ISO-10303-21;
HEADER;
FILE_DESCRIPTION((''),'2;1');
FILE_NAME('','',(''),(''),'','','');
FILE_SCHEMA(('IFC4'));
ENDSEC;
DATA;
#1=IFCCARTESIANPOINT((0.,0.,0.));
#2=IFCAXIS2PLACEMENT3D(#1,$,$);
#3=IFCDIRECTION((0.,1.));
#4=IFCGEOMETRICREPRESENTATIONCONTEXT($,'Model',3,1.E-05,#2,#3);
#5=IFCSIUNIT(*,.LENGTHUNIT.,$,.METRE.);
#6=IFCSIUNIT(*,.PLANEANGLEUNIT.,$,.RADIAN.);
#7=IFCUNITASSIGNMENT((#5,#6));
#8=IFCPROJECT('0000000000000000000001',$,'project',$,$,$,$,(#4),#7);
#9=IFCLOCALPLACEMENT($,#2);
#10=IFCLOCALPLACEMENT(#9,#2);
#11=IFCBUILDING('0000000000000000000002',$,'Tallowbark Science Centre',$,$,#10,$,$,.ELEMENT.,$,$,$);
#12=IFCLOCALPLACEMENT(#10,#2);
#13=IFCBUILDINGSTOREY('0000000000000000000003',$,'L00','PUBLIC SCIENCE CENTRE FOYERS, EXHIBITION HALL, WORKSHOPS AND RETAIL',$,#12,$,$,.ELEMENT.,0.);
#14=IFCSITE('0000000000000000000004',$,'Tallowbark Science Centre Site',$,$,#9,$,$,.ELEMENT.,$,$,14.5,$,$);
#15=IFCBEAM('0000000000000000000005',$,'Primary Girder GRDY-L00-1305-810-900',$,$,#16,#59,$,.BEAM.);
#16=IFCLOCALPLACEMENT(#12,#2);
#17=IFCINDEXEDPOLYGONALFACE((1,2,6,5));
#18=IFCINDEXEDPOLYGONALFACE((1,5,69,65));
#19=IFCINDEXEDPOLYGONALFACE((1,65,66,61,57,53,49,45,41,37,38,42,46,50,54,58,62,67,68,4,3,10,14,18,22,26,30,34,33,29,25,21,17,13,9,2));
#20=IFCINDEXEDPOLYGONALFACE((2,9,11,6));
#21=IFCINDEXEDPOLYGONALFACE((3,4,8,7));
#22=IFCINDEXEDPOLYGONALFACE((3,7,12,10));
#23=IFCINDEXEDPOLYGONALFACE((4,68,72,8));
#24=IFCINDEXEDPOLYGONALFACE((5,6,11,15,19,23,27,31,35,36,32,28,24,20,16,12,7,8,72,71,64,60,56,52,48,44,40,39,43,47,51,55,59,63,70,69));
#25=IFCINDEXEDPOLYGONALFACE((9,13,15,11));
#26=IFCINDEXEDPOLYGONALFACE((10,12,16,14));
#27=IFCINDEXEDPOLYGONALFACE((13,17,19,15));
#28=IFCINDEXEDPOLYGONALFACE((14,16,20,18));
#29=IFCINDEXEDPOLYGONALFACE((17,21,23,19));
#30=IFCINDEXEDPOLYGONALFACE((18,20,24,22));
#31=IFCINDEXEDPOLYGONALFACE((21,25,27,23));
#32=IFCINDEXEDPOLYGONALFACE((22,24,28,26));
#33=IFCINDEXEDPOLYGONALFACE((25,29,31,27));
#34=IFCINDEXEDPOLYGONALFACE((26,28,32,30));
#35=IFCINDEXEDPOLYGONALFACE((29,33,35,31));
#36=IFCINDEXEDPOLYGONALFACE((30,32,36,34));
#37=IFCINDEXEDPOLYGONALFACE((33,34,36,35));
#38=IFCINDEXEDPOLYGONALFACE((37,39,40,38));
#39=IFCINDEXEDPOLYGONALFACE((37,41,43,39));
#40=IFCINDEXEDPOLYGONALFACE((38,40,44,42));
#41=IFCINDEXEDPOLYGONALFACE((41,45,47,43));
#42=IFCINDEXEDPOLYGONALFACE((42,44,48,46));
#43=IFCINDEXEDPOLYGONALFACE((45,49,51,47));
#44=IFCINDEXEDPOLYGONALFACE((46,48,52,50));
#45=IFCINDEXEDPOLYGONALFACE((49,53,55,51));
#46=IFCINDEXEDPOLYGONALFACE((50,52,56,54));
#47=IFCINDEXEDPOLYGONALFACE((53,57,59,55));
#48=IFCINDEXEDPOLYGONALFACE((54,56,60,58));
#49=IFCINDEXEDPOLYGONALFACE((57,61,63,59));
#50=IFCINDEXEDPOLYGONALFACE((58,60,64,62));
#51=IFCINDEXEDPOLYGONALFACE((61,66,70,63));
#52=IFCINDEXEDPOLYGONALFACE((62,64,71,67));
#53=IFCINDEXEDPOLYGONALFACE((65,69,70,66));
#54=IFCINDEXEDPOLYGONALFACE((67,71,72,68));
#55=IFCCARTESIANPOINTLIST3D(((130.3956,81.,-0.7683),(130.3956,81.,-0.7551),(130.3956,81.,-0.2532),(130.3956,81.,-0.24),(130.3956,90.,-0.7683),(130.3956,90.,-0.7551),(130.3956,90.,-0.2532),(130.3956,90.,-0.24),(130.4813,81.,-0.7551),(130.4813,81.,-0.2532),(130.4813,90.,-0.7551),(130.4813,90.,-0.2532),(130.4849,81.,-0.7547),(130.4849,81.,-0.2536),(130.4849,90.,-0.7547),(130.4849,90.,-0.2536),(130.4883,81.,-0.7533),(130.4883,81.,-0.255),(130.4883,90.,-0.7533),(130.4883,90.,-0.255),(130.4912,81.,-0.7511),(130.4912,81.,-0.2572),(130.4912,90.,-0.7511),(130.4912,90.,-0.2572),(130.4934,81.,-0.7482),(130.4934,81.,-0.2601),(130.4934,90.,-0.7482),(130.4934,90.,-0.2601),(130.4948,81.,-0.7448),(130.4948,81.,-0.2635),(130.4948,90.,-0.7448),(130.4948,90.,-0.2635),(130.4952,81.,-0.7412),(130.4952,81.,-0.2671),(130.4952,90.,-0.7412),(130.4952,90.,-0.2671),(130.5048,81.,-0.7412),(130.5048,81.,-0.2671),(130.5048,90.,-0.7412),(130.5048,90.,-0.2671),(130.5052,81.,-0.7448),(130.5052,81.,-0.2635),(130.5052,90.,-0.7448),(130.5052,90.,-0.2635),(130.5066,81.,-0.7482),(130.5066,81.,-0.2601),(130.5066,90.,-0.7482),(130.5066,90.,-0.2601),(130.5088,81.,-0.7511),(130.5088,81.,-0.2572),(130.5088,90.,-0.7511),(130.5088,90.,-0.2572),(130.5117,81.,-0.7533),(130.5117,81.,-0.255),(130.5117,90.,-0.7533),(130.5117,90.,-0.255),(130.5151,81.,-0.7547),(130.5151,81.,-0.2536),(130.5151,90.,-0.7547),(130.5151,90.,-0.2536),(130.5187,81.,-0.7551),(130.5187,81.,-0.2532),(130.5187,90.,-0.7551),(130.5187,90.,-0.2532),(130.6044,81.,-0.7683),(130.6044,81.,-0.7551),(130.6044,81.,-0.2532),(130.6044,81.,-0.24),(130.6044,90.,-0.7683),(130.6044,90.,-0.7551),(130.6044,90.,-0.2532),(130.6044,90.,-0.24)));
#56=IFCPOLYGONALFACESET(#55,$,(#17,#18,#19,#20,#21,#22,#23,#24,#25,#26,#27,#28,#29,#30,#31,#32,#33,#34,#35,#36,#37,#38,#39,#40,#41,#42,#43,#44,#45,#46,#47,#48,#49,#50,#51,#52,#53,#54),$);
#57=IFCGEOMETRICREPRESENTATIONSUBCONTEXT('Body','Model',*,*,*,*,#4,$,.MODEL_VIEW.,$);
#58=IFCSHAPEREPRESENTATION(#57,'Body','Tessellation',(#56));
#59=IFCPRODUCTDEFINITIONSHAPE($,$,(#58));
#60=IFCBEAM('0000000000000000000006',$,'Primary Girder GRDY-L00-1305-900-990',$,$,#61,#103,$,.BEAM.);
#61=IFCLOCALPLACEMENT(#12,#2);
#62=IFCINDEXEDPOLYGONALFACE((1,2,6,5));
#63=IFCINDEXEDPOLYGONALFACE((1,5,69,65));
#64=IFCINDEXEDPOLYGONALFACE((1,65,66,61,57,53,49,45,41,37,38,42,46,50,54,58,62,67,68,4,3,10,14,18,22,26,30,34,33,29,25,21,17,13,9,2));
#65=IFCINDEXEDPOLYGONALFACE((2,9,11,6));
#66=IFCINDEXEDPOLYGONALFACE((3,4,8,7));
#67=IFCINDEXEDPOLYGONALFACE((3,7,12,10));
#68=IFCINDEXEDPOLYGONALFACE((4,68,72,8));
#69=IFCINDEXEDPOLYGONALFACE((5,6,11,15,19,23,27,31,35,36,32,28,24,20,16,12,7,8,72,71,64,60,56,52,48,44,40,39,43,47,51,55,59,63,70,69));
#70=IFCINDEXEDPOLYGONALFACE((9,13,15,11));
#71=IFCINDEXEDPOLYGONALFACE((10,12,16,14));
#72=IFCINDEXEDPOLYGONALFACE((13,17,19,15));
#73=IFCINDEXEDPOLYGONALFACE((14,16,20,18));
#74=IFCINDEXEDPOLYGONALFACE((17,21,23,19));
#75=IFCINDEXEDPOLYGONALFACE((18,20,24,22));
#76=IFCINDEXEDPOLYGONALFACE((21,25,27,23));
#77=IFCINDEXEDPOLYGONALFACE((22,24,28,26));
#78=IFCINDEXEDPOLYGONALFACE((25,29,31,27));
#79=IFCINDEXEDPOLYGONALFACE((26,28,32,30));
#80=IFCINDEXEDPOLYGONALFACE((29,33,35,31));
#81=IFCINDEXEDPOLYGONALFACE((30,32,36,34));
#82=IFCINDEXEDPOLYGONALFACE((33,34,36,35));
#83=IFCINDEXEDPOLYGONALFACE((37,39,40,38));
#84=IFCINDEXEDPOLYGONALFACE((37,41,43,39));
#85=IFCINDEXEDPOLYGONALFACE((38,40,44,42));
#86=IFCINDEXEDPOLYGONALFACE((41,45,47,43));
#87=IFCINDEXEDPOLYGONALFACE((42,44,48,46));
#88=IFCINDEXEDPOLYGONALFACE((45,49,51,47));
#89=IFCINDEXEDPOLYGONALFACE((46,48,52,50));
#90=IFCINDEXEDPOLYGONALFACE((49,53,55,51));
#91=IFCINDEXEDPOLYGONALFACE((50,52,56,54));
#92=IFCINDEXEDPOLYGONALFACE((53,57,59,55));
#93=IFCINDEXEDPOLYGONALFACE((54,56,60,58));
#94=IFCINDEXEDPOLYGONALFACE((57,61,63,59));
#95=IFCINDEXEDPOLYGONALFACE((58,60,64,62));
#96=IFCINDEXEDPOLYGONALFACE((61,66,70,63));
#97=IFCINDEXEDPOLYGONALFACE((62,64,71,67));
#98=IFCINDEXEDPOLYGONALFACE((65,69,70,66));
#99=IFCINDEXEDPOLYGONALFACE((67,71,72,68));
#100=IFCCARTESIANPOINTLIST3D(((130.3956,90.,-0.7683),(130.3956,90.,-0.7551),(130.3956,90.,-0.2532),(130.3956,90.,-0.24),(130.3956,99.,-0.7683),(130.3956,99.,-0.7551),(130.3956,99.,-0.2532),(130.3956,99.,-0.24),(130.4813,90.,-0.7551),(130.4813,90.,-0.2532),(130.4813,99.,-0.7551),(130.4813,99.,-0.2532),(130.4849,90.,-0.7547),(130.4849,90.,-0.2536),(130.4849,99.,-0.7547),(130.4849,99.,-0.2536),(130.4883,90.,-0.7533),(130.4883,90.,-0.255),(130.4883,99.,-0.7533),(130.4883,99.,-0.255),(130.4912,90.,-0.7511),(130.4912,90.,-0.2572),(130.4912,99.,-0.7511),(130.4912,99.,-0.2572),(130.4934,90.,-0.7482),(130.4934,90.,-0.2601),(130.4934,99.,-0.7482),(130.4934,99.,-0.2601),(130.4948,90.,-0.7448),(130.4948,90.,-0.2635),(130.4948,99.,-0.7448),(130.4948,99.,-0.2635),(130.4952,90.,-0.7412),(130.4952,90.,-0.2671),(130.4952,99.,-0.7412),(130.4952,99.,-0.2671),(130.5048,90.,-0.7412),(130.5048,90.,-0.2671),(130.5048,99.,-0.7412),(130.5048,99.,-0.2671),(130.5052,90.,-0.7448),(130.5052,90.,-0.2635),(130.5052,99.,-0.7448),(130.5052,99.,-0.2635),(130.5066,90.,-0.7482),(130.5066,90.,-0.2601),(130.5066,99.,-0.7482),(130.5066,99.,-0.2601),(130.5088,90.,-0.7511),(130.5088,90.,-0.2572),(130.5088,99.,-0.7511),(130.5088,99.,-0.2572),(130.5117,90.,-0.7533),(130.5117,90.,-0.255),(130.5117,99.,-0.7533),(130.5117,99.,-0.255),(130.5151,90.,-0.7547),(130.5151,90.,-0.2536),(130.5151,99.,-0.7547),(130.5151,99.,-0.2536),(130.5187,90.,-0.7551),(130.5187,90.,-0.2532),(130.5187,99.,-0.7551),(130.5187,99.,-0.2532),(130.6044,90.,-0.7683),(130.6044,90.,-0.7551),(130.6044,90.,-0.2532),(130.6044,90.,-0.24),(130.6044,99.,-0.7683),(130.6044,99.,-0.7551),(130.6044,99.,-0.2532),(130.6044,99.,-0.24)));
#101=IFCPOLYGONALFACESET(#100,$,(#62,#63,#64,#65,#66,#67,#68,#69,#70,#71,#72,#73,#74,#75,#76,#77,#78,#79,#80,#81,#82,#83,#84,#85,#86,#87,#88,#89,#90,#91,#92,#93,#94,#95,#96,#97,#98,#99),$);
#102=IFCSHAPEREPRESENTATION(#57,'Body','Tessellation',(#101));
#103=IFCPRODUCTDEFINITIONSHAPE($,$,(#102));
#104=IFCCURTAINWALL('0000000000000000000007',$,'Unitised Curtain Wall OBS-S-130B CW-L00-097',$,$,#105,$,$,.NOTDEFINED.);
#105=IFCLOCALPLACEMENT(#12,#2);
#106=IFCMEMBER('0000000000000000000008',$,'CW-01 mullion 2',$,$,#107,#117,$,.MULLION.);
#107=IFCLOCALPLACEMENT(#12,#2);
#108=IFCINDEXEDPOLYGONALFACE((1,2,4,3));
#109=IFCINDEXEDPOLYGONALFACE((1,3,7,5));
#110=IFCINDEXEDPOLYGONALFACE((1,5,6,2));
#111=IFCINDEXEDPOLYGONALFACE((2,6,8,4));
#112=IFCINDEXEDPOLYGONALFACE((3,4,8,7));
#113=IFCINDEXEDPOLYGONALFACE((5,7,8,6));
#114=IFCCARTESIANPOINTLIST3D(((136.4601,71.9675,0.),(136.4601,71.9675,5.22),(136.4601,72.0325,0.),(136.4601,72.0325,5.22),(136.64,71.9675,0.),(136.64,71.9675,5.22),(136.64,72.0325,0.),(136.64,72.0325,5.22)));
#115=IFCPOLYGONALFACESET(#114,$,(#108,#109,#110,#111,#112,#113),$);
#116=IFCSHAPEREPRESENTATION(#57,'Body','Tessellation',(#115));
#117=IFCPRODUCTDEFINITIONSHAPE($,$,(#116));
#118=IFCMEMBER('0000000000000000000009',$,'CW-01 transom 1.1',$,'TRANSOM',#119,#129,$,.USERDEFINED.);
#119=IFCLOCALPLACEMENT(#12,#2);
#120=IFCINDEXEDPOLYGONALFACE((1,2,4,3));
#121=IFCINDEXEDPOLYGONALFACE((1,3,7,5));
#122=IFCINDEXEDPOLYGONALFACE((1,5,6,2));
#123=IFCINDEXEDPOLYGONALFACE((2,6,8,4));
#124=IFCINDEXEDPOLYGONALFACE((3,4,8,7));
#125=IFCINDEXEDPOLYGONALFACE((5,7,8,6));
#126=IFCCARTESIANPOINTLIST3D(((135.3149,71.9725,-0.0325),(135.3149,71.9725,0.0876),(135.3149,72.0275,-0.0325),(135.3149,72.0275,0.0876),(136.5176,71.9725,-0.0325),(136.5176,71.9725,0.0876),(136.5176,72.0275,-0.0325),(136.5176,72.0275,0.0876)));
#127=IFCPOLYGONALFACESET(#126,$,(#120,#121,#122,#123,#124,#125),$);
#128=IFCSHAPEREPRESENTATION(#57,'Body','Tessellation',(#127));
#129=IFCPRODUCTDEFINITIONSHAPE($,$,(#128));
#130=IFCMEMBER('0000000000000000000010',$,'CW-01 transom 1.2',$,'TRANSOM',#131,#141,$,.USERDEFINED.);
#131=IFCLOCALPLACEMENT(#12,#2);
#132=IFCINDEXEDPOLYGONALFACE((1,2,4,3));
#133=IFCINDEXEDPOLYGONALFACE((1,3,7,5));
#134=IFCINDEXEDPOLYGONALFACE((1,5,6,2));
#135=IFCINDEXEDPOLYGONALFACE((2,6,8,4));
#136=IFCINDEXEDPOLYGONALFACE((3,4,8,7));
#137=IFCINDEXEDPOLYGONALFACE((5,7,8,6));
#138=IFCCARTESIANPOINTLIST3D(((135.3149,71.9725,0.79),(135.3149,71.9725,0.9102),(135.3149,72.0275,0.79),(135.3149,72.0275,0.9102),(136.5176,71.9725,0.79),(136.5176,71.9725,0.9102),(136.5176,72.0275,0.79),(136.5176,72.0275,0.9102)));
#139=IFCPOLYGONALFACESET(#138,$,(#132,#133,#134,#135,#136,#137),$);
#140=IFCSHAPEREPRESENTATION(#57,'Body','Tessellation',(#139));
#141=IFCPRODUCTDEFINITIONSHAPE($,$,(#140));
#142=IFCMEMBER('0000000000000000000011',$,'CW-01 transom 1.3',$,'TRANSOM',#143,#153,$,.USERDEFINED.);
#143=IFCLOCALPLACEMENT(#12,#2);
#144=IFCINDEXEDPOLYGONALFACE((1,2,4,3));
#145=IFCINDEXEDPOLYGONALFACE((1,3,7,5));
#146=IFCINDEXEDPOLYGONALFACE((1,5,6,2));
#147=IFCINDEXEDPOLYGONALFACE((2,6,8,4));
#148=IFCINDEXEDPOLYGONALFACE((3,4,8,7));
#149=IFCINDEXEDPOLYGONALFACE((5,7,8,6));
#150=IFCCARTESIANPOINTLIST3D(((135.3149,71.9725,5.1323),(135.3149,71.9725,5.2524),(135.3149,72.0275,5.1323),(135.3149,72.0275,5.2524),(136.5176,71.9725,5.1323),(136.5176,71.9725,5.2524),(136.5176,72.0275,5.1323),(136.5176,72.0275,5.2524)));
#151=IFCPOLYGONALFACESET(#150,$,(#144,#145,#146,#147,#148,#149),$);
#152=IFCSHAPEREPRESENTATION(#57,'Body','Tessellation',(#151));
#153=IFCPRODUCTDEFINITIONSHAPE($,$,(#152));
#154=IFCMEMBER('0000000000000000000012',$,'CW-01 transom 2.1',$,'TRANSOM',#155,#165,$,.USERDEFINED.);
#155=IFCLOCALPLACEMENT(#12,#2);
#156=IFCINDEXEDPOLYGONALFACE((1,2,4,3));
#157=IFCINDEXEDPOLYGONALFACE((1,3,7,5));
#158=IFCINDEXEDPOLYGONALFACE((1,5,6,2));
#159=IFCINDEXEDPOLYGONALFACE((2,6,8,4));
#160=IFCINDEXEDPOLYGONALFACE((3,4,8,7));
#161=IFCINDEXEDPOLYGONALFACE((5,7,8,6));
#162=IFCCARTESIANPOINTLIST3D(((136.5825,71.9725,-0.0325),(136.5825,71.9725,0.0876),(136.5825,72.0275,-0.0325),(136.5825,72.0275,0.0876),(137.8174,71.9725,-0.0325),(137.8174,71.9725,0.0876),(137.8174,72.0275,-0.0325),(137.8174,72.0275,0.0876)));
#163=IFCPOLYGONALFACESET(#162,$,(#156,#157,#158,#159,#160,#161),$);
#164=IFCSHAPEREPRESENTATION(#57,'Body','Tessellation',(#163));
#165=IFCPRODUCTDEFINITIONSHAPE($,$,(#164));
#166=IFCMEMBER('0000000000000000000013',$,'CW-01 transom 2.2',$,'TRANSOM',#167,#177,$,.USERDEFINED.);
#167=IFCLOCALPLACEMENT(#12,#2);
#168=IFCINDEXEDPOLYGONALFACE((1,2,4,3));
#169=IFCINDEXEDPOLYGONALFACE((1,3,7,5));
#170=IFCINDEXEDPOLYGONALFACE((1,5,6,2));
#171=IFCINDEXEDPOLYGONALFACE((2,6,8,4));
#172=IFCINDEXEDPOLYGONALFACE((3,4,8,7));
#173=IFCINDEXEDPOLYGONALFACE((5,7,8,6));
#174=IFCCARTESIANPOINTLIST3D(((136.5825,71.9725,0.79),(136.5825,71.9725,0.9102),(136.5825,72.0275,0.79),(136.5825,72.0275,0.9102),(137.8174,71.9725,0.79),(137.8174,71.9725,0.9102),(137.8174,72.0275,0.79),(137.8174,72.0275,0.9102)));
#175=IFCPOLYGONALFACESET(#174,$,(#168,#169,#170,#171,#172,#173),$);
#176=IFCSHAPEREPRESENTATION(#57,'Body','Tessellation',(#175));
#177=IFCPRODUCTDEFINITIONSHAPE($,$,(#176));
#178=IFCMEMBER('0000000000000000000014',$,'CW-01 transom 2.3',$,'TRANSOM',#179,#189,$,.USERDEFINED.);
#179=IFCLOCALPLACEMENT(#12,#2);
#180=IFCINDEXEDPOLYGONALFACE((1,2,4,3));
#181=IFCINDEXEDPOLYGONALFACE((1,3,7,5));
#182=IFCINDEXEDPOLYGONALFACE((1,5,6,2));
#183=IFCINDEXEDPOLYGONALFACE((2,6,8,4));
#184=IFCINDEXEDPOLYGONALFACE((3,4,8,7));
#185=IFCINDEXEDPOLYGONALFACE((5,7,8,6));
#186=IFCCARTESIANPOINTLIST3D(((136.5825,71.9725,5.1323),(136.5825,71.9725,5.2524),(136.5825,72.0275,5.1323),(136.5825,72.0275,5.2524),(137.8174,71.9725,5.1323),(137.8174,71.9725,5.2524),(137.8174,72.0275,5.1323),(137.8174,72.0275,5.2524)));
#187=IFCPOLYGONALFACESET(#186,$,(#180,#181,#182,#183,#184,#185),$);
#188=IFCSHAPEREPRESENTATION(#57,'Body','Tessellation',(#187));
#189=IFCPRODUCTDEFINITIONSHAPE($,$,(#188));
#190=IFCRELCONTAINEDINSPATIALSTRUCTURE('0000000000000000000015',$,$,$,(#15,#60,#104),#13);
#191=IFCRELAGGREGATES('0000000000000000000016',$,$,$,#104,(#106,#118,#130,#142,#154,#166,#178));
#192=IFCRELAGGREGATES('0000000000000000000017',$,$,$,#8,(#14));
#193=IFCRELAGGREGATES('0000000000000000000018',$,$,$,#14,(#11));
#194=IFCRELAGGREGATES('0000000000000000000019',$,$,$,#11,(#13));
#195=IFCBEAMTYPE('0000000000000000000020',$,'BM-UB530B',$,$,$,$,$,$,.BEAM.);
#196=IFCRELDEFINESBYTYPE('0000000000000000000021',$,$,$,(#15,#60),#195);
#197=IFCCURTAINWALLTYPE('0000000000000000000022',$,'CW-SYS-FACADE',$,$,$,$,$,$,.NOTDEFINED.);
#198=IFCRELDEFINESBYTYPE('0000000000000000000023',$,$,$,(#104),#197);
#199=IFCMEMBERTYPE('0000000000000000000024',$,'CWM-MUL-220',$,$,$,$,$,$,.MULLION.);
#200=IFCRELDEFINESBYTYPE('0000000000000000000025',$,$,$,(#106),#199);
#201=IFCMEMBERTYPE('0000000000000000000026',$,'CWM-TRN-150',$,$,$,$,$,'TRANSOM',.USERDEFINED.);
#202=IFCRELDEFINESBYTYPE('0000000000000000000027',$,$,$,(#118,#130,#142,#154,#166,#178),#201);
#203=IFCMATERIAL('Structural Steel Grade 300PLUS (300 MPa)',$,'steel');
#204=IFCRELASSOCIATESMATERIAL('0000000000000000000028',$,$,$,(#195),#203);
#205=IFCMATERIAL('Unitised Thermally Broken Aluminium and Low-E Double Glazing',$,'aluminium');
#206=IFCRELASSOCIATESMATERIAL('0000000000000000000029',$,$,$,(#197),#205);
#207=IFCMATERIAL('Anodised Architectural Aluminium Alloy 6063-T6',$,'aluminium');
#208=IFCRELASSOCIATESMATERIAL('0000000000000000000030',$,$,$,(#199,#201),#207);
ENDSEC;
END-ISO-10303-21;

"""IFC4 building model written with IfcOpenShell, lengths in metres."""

from ifc_helpers import new_model, si_unit, direction, frame, origin, origin_2d, place, context, subcontext, project, spatial, rectangle, i_section, extrude, material, material_profile, profile_set, type_object, element, aggregate, save


model = new_model("IFC4")

# Units and contexts
model_context = context("Model", 3, precision=1e-05, world=origin(), true_north=direction((0.0, 1.0)))
body_context = subcontext(model_context, "Body", "Model", "MODEL_VIEW")
ifc_project = project(units=[si_unit("LENGTHUNIT", "METRE"), si_unit("PLANEANGLEUNIT", "RADIAN")], contexts=[model_context])

# Site, building, storey
site_placement = place(None, origin())
site = spatial("IfcSite", under=ifc_project, at=site_placement, Name="Tallowbark Science Centre Site", CompositionType="ELEMENT", RefElevation=14.5)
building_placement = place(site_placement, origin())
building = spatial("IfcBuilding", under=site, at=building_placement, Name="Tallowbark Science Centre", CompositionType="ELEMENT")
storey_placement = place(building_placement, origin())
storey = spatial("IfcBuildingStorey", under=building, at=storey_placement, Name="L00", Description="PUBLIC SCIENCE CENTRE FOYERS, EXHIBITION HALL, WORKSHOPS AND RETAIL", CompositionType="ELEMENT", Elevation=0.0)

# Shared definitions
ifc_material_1 = material(Name="Structural Steel Grade 300PLUS (300 MPa)", Category="steel")

# Beams
ifc_material_profile_1 = material_profile(ifc_material_1, i_section(OverallWidth=0.2087, OverallDepth=0.5283, WebThickness=0.0095, FlangeThickness=0.0132, FilletRadius=0.0139, at=origin_2d()), Name="530UB82.0")
ifc_profile_set_1 = profile_set([ifc_material_profile_1], Name="Structural Steel Grade 300PLUS (300 MPa)")
beam_type_1 = type_object("IfcBeamType", Name="BM-UB530B", PredefinedType="BEAM", material=ifc_profile_set_1)
for number, where, z_axis, x_axis, name in (
    (1, (130.5, 81.0, -0.5042), (0.0, 1.0, 0.0), (-1.0, 0.0, 0.0), "Primary Girder GRDY-L00-1305-810-900"),
    (2, (130.5, 90.0, -0.5042), (0.0, 1.0, 0.0), (-1.0, 0.0, 0.0), "Primary Girder GRDY-L00-1305-900-990"),
):
    element("IfcBeam", number, at=place(storey_placement, frame(where, z_axis=z_axis, x_axis=x_axis)), inside=storey, type_object=beam_type_1, Name=name, PredefinedType="BEAM", context=body_context, shape_type="SweptSolid", body=[
        extrude(i_section(OverallWidth=0.2087, OverallDepth=0.5283, WebThickness=0.0095, FlangeThickness=0.0132, FilletRadius=0.0139, at=origin_2d()), origin(), (0.0, 0.0, 1.0), 9.0),
    ])

# Curtain wall, members
ifc_material_2 = material(Name="Unitised Thermally Broken Aluminium and Low-E Double Glazing", Category="aluminium")
curtain_wall_type = type_object("IfcCurtainWallType", Name="CW-SYS-FACADE", PredefinedType="NOTDEFINED", material=ifc_material_2)
curtain_wall_placement = place(storey_placement, origin())
curtain_wall = element("IfcCurtainWall", 3, at=curtain_wall_placement, inside=storey, type_object=curtain_wall_type, Name="Unitised Curtain Wall OBS-S-130B CW-L00-097", PredefinedType="NOTDEFINED")
ifc_material_3 = material(Name="Anodised Architectural Aluminium Alloy 6063-T6", Category="aluminium")
ifc_material_profile_2 = material_profile(ifc_material_3, rectangle(XDim=0.0649, YDim=0.1799, at=origin_2d()), Name="ALU65x180")
ifc_profile_set_2 = profile_set([ifc_material_profile_2], Name="Anodised Architectural Aluminium Alloy 6063-T6")
member_type_1 = type_object("IfcMemberType", Name="CWM-MUL-220", PredefinedType="MULLION", material=ifc_profile_set_2)
member_1_placement = place(storey_placement, frame((136.55, 72.0, 0.0), z_axis=(0.0, 0.0, 1.0), x_axis=(0.0, 1.0, 0.0)))
member_1 = element("IfcMember", 4, at=member_1_placement, type_object=member_type_1, Name="CW-01 mullion 2", PredefinedType="MULLION", context=body_context, shape_type="SweptSolid", body=[
    extrude(rectangle(XDim=0.0649, YDim=0.1799, at=origin_2d()), origin(), (0.0, 0.0, 1.0), 5.22),
])
ifc_material_profile_3 = material_profile(ifc_material_3, rectangle(XDim=0.0549, YDim=0.1201, at=origin_2d()), Name="ALU55x120")
ifc_profile_set_3 = profile_set([ifc_material_profile_3], Name="Anodised Architectural Aluminium Alloy 6063-T6")
member_type_2 = type_object("IfcMemberType", Name="CWM-TRN-150", ElementType="TRANSOM", PredefinedType="USERDEFINED", material=ifc_profile_set_3)
member_2_placement = place(storey_placement, frame((135.3149, 72.0, 0.0276), z_axis=(1.0, 0.0, 0.0), x_axis=(0.0, 1.0, 0.0)))
member_2 = element("IfcMember", 5, at=member_2_placement, type_object=member_type_2, Name="CW-01 transom 1.1", ObjectType="TRANSOM", PredefinedType="USERDEFINED", context=body_context, shape_type="SweptSolid", body=[
    extrude(rectangle(XDim=0.0549, YDim=0.1201, at=origin_2d()), origin(), (0.0, 0.0, 1.0), 1.2026),
])
member_3_placement = place(storey_placement, frame((135.3149, 72.0, 0.8501), z_axis=(1.0, 0.0, 0.0), x_axis=(0.0, 1.0, 0.0)))
member_3 = element("IfcMember", 6, at=member_3_placement, type_object=member_type_2, Name="CW-01 transom 1.2", ObjectType="TRANSOM", PredefinedType="USERDEFINED", context=body_context, shape_type="SweptSolid", body=[
    extrude(rectangle(XDim=0.0549, YDim=0.1201, at=origin_2d()), origin(), (0.0, 0.0, 1.0), 1.2026),
])
member_4_placement = place(storey_placement, frame((135.3149, 72.0, 5.1924), z_axis=(1.0, 0.0, 0.0), x_axis=(0.0, 1.0, 0.0)))
member_4 = element("IfcMember", 7, at=member_4_placement, type_object=member_type_2, Name="CW-01 transom 1.3", ObjectType="TRANSOM", PredefinedType="USERDEFINED", context=body_context, shape_type="SweptSolid", body=[
    extrude(rectangle(XDim=0.0549, YDim=0.1201, at=origin_2d()), origin(), (0.0, 0.0, 1.0), 1.2026),
])
member_5_placement = place(storey_placement, frame((136.5825, 72.0, 0.0276), z_axis=(1.0, 0.0, 0.0), x_axis=(0.0, 1.0, 0.0)))
member_5 = element("IfcMember", 8, at=member_5_placement, type_object=member_type_2, Name="CW-01 transom 2.1", ObjectType="TRANSOM", PredefinedType="USERDEFINED", context=body_context, shape_type="SweptSolid", body=[
    extrude(rectangle(XDim=0.0549, YDim=0.1201, at=origin_2d()), origin(), (0.0, 0.0, 1.0), 1.2349),
])
member_6_placement = place(storey_placement, frame((136.5825, 72.0, 0.8501), z_axis=(1.0, 0.0, 0.0), x_axis=(0.0, 1.0, 0.0)))
member_6 = element("IfcMember", 9, at=member_6_placement, type_object=member_type_2, Name="CW-01 transom 2.2", ObjectType="TRANSOM", PredefinedType="USERDEFINED", context=body_context, shape_type="SweptSolid", body=[
    extrude(rectangle(XDim=0.0549, YDim=0.1201, at=origin_2d()), origin(), (0.0, 0.0, 1.0), 1.2349),
])
member_7_placement = place(storey_placement, frame((136.5825, 72.0, 5.1924), z_axis=(1.0, 0.0, 0.0), x_axis=(0.0, 1.0, 0.0)))
member_7 = element("IfcMember", 10, at=member_7_placement, type_object=member_type_2, Name="CW-01 transom 2.3", ObjectType="TRANSOM", PredefinedType="USERDEFINED", context=body_context, shape_type="SweptSolid", body=[
    extrude(rectangle(XDim=0.0549, YDim=0.1201, at=origin_2d()), origin(), (0.0, 0.0, 1.0), 1.2349),
])

aggregate(curtain_wall, [member_1, member_2, member_3, member_4, member_5, member_6, member_7])

save(model, "model.ifc")
